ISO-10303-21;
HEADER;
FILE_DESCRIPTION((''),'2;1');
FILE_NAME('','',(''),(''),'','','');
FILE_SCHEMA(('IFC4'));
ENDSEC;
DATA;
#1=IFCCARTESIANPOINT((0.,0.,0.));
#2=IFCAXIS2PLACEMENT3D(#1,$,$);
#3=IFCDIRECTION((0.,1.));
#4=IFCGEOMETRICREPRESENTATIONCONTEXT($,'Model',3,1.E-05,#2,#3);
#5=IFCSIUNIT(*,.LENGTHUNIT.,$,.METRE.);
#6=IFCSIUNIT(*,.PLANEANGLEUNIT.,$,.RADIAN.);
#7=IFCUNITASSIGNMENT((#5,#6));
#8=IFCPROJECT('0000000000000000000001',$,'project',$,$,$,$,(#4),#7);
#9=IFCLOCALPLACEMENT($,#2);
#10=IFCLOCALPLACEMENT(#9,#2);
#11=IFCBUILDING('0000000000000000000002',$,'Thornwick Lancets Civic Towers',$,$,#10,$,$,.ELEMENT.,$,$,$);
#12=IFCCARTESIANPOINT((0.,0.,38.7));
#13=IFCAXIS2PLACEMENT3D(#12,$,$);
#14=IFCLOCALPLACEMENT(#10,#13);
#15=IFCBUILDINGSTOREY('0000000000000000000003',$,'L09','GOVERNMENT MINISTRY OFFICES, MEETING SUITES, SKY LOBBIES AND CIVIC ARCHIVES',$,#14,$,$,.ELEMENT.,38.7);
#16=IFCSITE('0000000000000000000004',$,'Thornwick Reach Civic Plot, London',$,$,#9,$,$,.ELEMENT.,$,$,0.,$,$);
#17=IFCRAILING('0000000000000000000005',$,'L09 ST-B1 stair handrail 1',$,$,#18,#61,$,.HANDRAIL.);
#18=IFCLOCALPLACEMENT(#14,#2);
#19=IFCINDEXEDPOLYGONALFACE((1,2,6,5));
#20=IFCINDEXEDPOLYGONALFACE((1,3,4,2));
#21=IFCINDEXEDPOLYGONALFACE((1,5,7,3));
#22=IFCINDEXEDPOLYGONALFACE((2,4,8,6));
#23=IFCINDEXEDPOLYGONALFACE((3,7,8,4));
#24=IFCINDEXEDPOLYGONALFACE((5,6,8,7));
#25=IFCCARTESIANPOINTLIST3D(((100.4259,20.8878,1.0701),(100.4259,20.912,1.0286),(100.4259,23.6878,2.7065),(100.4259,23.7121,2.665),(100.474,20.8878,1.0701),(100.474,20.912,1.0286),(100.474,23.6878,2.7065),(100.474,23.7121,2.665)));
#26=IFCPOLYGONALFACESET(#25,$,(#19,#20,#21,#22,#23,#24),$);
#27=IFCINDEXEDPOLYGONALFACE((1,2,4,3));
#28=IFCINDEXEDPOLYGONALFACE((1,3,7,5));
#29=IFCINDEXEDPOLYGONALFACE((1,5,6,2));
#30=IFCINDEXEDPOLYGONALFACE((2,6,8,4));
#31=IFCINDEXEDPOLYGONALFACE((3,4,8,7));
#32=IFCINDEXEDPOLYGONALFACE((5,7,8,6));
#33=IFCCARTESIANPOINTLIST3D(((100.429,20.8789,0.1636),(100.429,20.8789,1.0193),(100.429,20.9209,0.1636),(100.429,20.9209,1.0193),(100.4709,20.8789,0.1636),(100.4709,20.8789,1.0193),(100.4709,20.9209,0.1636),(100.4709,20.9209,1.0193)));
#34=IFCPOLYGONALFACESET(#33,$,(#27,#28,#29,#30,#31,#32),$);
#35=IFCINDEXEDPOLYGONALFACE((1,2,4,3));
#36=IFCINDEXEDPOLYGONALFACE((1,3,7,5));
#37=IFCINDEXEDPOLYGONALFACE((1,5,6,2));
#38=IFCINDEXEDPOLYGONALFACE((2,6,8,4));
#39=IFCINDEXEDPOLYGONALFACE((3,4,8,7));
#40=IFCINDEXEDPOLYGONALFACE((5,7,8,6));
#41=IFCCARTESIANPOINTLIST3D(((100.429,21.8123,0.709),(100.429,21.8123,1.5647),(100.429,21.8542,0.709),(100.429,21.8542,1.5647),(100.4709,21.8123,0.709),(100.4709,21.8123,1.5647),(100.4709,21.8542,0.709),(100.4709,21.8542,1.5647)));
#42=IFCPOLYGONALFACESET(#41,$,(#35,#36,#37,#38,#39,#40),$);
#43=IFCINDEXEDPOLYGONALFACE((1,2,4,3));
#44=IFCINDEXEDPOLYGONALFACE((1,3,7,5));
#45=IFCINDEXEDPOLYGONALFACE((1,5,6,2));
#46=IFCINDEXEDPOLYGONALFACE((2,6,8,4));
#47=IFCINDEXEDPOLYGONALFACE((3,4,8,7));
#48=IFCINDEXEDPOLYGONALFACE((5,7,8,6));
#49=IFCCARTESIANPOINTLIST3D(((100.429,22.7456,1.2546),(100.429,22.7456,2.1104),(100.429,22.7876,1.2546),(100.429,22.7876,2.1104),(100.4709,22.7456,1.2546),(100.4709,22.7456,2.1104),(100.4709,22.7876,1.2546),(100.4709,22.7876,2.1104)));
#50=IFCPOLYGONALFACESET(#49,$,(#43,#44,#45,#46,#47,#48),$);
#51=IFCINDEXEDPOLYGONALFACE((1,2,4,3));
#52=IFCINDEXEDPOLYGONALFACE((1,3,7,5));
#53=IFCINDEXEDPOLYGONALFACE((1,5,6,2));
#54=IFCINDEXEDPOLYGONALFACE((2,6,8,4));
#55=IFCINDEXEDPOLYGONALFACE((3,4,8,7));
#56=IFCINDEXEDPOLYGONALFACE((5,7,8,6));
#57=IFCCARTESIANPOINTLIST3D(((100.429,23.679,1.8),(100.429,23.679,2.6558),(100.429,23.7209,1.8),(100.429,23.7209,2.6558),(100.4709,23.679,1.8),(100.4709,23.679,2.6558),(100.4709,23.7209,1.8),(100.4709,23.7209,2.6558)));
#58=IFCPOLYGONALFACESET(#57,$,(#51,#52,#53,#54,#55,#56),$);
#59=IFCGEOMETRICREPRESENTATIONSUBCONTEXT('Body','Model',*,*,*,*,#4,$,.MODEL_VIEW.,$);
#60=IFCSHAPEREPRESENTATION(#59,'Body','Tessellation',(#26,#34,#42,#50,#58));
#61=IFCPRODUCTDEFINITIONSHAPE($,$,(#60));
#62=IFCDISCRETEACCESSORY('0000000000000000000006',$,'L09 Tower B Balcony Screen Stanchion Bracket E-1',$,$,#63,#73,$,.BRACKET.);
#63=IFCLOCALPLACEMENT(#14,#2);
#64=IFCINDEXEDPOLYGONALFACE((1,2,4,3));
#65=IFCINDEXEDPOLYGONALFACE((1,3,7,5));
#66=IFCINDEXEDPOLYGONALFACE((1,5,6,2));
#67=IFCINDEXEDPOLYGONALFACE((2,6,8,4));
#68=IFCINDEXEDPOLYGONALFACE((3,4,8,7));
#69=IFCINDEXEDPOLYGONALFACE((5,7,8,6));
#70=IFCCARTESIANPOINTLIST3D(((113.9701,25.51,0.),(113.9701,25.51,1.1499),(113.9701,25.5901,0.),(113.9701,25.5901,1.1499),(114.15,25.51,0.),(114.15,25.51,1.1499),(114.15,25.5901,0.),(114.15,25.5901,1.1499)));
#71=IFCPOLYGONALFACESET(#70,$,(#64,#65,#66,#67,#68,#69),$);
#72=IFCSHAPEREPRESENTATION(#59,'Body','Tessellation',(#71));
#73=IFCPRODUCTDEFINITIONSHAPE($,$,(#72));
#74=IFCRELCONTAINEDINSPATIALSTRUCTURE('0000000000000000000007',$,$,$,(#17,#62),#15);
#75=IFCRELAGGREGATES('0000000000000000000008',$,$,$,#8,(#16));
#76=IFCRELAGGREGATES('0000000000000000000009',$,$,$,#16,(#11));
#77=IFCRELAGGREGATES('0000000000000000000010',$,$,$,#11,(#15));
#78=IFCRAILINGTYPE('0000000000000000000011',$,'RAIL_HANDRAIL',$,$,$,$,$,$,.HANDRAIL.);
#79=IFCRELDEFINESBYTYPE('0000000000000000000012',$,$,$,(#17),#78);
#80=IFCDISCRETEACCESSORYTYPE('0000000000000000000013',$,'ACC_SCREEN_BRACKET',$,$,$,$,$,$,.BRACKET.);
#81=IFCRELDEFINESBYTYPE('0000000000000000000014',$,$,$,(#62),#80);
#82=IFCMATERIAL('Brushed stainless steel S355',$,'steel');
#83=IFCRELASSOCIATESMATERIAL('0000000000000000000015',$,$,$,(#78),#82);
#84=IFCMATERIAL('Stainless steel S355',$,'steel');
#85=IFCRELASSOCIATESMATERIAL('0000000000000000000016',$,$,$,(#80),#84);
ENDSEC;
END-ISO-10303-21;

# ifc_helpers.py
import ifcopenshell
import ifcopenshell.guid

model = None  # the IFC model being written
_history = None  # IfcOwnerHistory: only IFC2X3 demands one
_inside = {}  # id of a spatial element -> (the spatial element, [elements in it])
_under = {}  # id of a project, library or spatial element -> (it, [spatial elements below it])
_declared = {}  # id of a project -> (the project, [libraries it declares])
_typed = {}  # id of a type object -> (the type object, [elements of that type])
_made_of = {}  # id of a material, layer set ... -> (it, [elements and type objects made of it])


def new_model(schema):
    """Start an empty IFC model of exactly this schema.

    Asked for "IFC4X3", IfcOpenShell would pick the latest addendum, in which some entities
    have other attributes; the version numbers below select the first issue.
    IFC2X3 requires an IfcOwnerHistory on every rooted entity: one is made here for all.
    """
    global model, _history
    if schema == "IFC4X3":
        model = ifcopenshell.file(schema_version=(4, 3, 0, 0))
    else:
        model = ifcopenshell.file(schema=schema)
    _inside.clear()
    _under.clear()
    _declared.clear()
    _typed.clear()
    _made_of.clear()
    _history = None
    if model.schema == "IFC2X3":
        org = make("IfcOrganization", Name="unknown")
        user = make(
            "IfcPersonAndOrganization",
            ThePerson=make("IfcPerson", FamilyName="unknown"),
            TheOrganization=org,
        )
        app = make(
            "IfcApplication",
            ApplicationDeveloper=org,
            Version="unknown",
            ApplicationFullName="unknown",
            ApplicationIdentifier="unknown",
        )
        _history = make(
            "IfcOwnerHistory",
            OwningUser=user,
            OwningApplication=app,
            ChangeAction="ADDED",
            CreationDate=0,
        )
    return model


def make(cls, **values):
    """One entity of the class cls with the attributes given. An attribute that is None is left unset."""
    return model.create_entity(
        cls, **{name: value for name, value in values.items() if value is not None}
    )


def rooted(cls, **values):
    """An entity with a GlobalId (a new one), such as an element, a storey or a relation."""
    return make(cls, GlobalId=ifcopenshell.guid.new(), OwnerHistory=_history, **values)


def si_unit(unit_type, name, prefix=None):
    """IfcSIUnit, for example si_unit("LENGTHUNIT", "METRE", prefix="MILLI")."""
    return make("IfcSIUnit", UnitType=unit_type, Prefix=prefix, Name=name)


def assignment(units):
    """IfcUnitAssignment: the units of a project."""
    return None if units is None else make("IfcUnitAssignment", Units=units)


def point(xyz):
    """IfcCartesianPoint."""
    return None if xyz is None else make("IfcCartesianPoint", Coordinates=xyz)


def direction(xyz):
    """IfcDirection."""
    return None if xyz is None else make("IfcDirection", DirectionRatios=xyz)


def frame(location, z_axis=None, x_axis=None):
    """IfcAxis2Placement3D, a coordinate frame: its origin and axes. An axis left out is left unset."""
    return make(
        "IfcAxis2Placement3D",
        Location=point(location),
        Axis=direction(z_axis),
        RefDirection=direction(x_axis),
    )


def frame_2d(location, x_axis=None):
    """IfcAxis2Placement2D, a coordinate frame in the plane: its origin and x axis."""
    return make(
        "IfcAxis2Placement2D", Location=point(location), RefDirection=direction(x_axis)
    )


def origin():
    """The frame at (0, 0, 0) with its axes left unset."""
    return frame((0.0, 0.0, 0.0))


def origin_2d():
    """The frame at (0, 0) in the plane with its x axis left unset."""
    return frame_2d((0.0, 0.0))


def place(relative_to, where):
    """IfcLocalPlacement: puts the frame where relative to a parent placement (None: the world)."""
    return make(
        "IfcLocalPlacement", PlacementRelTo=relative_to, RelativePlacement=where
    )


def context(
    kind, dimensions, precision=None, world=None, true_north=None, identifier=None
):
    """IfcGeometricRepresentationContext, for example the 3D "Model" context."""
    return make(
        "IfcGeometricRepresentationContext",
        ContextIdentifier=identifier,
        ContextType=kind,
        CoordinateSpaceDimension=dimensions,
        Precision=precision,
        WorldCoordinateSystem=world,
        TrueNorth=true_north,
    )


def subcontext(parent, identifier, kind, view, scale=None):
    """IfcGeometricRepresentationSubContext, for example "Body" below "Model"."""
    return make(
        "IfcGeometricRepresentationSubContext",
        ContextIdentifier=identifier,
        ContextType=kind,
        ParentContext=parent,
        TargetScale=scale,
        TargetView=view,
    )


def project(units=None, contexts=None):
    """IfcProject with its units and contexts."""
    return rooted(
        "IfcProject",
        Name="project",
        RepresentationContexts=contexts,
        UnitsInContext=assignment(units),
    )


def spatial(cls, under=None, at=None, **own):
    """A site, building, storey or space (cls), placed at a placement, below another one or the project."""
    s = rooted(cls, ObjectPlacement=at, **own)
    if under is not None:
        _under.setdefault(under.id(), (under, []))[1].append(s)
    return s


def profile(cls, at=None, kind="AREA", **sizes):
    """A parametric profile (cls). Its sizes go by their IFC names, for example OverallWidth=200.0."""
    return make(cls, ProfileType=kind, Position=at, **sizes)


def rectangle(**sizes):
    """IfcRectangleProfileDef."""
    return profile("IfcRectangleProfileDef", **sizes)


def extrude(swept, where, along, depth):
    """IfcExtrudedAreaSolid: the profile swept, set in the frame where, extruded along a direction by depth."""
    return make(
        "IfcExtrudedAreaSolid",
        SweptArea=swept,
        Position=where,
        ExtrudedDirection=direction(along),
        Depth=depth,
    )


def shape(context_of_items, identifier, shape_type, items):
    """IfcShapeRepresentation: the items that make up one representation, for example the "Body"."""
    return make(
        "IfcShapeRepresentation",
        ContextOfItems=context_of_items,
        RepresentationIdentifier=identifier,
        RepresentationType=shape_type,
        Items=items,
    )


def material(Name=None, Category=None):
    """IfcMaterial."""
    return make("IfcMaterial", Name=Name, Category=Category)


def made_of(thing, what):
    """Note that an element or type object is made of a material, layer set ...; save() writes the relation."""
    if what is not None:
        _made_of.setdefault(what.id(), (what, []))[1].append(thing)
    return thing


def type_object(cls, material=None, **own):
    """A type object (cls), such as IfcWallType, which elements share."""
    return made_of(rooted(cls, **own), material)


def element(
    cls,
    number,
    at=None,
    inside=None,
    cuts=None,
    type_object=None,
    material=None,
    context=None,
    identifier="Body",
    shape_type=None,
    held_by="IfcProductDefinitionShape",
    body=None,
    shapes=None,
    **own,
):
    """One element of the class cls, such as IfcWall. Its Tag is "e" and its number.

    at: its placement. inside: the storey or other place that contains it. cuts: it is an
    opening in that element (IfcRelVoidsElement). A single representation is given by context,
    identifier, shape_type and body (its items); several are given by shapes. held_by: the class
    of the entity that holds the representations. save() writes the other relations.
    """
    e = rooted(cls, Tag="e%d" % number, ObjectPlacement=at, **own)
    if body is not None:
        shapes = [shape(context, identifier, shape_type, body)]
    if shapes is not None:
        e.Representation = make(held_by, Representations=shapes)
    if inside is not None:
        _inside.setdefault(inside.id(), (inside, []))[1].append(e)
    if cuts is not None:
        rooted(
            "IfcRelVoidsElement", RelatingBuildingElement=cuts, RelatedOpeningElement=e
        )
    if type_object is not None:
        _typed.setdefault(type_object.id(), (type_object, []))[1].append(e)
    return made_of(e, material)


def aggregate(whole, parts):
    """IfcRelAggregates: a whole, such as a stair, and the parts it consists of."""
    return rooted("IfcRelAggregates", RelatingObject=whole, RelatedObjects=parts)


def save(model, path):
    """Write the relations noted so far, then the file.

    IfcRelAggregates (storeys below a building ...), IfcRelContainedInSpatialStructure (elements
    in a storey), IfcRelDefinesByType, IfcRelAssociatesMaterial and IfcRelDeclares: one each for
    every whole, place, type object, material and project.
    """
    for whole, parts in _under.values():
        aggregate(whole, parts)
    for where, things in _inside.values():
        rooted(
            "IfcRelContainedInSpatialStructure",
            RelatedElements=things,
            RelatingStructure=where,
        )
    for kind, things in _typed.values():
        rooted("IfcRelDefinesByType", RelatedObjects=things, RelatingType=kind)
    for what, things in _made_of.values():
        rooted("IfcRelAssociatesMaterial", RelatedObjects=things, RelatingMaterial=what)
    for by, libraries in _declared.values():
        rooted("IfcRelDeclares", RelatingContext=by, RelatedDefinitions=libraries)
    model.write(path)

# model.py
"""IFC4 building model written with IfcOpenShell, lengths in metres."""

from ifc_helpers import new_model, si_unit, direction, frame, origin, origin_2d, place, context, subcontext, project, spatial, rectangle, extrude, material, type_object, element, save


model = new_model("IFC4")

# Units and contexts
model_context = context("Model", 3, precision=1e-05, world=origin(), true_north=direction((0.0, 1.0)))
body_context = subcontext(model_context, "Body", "Model", "MODEL_VIEW")
ifc_project = project(units=[si_unit("LENGTHUNIT", "METRE"), si_unit("PLANEANGLEUNIT", "RADIAN")], contexts=[model_context])

# Site, building, storey
site_placement = place(None, origin())
site = spatial("IfcSite", under=ifc_project, at=site_placement, Name="Thornwick Reach Civic Plot, London", CompositionType="ELEMENT", RefElevation=0.0)
building_placement = place(site_placement, origin())
building = spatial("IfcBuilding", under=site, at=building_placement, Name="Thornwick Lancets Civic Towers", CompositionType="ELEMENT")
storey_placement = place(building_placement, frame((0.0, 0.0, 38.7)))
storey = spatial("IfcBuildingStorey", under=building, at=storey_placement, Name="L09", Description="GOVERNMENT MINISTRY OFFICES, MEETING SUITES, SKY LOBBIES AND CIVIC ARCHIVES", CompositionType="ELEMENT", Elevation=38.7)

# Railing
ifc_material_1 = material(Name="Brushed stainless steel S355", Category="steel")
railing_type = type_object("IfcRailingType", Name="RAIL_HANDRAIL", PredefinedType="HANDRAIL", material=ifc_material_1)
railing_placement = place(storey_placement, frame((100.45, 20.8999, 0.1636)))
element("IfcRailing", 1, at=railing_placement, inside=storey, type_object=railing_type, Name="L09 ST-B1 stair handrail 1", PredefinedType="HANDRAIL", context=body_context, shape_type="SweptSolid", body=[
    extrude(rectangle(XDim=0.0481, YDim=0.0481, at=origin_2d()), frame((0.0, 0.0, 0.8857), z_axis=(0.0, 0.863361, 0.504587), x_axis=(-1.0, 0.0, 0.0)), (0.0, 0.0, 1.0), 3.2432),
    extrude(rectangle(XDim=0.042, YDim=0.042, at=origin_2d()), origin(), (0.0, 0.0, 1.0), 0.8557),
    extrude(rectangle(XDim=0.042, YDim=0.042, at=origin_2d()), frame((0.0, 0.9333, 0.5454)), (0.0, 0.0, 1.0), 0.8557),
    extrude(rectangle(XDim=0.042, YDim=0.042, at=origin_2d()), frame((0.0, 1.8667, 1.0911)), (0.0, 0.0, 1.0), 0.8557),
    extrude(rectangle(XDim=0.042, YDim=0.042, at=origin_2d()), frame((0.0, 2.8, 1.6365)), (0.0, 0.0, 1.0), 0.8557),
])

# Discrete accessory
ifc_material_2 = material(Name="Stainless steel S355", Category="steel")
discrete_accessory_type = type_object("IfcDiscreteAccessoryType", Name="ACC_SCREEN_BRACKET", PredefinedType="BRACKET", material=ifc_material_2)
discrete_accessory_placement = place(storey_placement, frame((114.0601, 25.55, 0.0), z_axis=(0.0, 0.0, 1.0), x_axis=(0.0, 1.0, 0.0)))
element("IfcDiscreteAccessory", 2, at=discrete_accessory_placement, inside=storey, type_object=discrete_accessory_type, Name="L09 Tower B Balcony Screen Stanchion Bracket E-1", PredefinedType="BRACKET", context=body_context, shape_type="SweptSolid", body=[
    extrude(rectangle(XDim=0.0801, YDim=0.1799, at=origin_2d()), origin(), (0.0, 0.0, 1.0), 1.1499),
])

save(model, "model.ifc")
